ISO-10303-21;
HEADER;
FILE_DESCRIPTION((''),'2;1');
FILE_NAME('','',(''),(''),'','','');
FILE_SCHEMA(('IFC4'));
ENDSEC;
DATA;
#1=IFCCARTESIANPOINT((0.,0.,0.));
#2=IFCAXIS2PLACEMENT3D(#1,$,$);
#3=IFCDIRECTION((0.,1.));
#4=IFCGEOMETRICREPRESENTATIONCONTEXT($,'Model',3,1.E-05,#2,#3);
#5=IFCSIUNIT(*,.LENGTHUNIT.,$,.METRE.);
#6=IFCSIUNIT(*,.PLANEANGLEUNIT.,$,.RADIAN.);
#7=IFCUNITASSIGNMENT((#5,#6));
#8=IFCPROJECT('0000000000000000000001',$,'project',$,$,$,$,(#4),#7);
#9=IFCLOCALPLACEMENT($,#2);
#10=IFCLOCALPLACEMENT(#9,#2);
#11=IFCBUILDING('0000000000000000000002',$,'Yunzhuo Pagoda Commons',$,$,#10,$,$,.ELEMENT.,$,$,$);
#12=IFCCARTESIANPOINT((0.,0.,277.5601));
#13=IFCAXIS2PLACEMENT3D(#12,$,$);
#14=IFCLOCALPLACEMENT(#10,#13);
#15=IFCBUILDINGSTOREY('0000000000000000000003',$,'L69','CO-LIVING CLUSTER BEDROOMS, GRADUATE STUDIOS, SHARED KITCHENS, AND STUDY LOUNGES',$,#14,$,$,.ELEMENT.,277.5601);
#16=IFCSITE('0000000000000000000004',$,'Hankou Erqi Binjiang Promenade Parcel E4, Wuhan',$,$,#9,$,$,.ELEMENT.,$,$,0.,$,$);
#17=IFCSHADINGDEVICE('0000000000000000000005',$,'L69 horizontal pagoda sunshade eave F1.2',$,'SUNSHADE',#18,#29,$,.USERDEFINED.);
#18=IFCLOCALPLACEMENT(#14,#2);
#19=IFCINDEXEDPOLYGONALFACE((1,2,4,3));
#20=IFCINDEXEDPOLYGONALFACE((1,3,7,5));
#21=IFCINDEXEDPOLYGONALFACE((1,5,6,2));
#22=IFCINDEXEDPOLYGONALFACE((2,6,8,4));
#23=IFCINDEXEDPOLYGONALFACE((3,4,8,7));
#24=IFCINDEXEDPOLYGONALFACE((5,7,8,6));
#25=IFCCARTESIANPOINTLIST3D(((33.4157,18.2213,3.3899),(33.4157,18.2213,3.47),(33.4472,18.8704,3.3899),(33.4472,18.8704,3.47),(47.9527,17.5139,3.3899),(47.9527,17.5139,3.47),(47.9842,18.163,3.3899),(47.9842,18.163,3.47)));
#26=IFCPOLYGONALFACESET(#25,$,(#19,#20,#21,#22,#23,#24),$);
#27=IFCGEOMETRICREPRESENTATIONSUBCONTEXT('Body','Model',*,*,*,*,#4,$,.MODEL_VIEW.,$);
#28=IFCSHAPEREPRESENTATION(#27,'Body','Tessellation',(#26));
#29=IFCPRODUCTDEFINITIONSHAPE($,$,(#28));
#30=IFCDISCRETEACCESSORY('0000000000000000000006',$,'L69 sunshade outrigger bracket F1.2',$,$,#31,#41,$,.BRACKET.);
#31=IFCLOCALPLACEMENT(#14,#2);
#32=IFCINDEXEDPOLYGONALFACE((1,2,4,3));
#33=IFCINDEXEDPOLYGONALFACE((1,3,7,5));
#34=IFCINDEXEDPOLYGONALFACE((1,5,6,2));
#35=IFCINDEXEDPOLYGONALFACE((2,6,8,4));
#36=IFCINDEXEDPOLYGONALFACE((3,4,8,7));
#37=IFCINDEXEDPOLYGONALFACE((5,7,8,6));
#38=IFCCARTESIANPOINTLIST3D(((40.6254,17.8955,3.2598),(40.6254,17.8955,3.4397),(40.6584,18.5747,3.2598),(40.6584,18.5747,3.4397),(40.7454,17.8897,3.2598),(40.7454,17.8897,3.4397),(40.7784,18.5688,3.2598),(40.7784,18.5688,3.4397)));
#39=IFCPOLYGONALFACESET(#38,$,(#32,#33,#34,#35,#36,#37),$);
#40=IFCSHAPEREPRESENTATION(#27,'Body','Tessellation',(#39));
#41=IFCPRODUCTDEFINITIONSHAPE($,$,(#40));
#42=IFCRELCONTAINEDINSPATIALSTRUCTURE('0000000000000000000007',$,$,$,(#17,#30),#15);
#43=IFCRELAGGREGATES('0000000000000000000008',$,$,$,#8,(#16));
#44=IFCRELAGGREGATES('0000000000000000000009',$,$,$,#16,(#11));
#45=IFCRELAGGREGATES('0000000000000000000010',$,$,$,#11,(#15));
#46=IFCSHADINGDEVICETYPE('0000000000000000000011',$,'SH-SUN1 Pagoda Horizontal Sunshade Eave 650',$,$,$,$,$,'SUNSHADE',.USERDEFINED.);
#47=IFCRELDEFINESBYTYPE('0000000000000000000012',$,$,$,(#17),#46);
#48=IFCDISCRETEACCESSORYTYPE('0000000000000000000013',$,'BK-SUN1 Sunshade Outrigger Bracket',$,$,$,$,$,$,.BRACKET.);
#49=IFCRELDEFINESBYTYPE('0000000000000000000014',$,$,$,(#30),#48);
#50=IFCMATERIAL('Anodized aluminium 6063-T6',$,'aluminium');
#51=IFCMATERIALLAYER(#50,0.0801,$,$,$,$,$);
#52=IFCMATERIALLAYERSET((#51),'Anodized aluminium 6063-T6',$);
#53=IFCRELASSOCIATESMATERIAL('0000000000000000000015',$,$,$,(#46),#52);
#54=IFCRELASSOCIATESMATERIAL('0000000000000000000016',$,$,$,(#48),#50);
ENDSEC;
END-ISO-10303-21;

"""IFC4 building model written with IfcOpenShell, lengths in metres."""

from ifc_helpers import new_model, si_unit, direction, frame, origin, origin_2d, place, context, subcontext, project, spatial, rectangle, extrude, source, transform, mapped, material, layer, layer_set, type_object, element, save


model = new_model("IFC4")

# Units and contexts
model_context = context("Model", 3, precision=1e-05, world=origin(), true_north=direction((0.0, 1.0)))
body_context = subcontext(model_context, "Body", "Model", "MODEL_VIEW")
ifc_project = project(units=[si_unit("LENGTHUNIT", "METRE"), si_unit("PLANEANGLEUNIT", "RADIAN")], contexts=[model_context])

# Site, building, storey
site_placement = place(None, origin())
site = spatial("IfcSite", under=ifc_project, at=site_placement, Name="Hankou Erqi Binjiang Promenade Parcel E4, Wuhan", CompositionType="ELEMENT", RefElevation=0.0)
building_placement = place(site_placement, origin())
building = spatial("IfcBuilding", under=site, at=building_placement, Name="Yunzhuo Pagoda Commons", CompositionType="ELEMENT")
storey_placement = place(building_placement, frame((0.0, 0.0, 277.5601)))
storey = spatial("IfcBuildingStorey", under=building, at=storey_placement, Name="L69", Description="CO-LIVING CLUSTER BEDROOMS, GRADUATE STUDIOS, SHARED KITCHENS, AND STUDY LOUNGES", CompositionType="ELEMENT", Elevation=277.5601)

# Shared definitions
ifc_material_1 = material(Name="Anodized aluminium 6063-T6", Category="aluminium")

# Shading device
ifc_layer_1 = layer(ifc_material_1, 0.0801)
ifc_layer_set_1 = layer_set([ifc_layer_1], Name="Anodized aluminium 6063-T6")
shading_device_type = type_object("IfcShadingDeviceType", Name="SH-SUN1 Pagoda Horizontal Sunshade Eave 650", ElementType="SUNSHADE", PredefinedType="USERDEFINED", material=ifc_layer_set_1)
shared_shape_1 = source(origin(), body_context, "Body", "SweptSolid", [
    extrude(rectangle(XDim=14.5542, YDim=0.6499, at=origin_2d()), origin(), (0.0, 0.0, 1.0), 0.0801),
])
shading_device_placement = place(storey_placement, frame((40.7, 18.1921, 3.3899), z_axis=(0.0, 0.0, 1.0), x_axis=(0.998818, -0.048606, 0.0)))
element("IfcShadingDevice", 1, at=shading_device_placement, inside=storey, type_object=shading_device_type, Name="L69 horizontal pagoda sunshade eave F1.2", ObjectType="SUNSHADE", PredefinedType="USERDEFINED", context=body_context, shape_type="MappedRepresentation", body=[
    mapped(shared_shape_1, transform((0.0, 0.0, 0.0), scale=1.0)),
])

# Discrete accessory
discrete_accessory_type = type_object("IfcDiscreteAccessoryType", Name="BK-SUN1 Sunshade Outrigger Bracket", PredefinedType="BRACKET", material=ifc_material_1)
shared_shape_2 = source(origin(), body_context, "Body", "SweptSolid", [
    extrude(rectangle(XDim=0.1201, YDim=0.6799, at=origin_2d()), origin(), (0.0, 0.0, 1.0), 0.1799),
])
discrete_accessory_placement = place(storey_placement, frame((40.7019, 18.2322, 3.2598), z_axis=(0.0, 0.0, 1.0), x_axis=(0.998818, -0.048606, 0.0)))
element("IfcDiscreteAccessory", 2, at=discrete_accessory_placement, inside=storey, type_object=discrete_accessory_type, Name="L69 sunshade outrigger bracket F1.2", PredefinedType="BRACKET", context=body_context, shape_type="MappedRepresentation", body=[
    mapped(shared_shape_2, transform((0.0, 0.0, 0.0), scale=1.0)),
])

save(model, "model.ifc")
